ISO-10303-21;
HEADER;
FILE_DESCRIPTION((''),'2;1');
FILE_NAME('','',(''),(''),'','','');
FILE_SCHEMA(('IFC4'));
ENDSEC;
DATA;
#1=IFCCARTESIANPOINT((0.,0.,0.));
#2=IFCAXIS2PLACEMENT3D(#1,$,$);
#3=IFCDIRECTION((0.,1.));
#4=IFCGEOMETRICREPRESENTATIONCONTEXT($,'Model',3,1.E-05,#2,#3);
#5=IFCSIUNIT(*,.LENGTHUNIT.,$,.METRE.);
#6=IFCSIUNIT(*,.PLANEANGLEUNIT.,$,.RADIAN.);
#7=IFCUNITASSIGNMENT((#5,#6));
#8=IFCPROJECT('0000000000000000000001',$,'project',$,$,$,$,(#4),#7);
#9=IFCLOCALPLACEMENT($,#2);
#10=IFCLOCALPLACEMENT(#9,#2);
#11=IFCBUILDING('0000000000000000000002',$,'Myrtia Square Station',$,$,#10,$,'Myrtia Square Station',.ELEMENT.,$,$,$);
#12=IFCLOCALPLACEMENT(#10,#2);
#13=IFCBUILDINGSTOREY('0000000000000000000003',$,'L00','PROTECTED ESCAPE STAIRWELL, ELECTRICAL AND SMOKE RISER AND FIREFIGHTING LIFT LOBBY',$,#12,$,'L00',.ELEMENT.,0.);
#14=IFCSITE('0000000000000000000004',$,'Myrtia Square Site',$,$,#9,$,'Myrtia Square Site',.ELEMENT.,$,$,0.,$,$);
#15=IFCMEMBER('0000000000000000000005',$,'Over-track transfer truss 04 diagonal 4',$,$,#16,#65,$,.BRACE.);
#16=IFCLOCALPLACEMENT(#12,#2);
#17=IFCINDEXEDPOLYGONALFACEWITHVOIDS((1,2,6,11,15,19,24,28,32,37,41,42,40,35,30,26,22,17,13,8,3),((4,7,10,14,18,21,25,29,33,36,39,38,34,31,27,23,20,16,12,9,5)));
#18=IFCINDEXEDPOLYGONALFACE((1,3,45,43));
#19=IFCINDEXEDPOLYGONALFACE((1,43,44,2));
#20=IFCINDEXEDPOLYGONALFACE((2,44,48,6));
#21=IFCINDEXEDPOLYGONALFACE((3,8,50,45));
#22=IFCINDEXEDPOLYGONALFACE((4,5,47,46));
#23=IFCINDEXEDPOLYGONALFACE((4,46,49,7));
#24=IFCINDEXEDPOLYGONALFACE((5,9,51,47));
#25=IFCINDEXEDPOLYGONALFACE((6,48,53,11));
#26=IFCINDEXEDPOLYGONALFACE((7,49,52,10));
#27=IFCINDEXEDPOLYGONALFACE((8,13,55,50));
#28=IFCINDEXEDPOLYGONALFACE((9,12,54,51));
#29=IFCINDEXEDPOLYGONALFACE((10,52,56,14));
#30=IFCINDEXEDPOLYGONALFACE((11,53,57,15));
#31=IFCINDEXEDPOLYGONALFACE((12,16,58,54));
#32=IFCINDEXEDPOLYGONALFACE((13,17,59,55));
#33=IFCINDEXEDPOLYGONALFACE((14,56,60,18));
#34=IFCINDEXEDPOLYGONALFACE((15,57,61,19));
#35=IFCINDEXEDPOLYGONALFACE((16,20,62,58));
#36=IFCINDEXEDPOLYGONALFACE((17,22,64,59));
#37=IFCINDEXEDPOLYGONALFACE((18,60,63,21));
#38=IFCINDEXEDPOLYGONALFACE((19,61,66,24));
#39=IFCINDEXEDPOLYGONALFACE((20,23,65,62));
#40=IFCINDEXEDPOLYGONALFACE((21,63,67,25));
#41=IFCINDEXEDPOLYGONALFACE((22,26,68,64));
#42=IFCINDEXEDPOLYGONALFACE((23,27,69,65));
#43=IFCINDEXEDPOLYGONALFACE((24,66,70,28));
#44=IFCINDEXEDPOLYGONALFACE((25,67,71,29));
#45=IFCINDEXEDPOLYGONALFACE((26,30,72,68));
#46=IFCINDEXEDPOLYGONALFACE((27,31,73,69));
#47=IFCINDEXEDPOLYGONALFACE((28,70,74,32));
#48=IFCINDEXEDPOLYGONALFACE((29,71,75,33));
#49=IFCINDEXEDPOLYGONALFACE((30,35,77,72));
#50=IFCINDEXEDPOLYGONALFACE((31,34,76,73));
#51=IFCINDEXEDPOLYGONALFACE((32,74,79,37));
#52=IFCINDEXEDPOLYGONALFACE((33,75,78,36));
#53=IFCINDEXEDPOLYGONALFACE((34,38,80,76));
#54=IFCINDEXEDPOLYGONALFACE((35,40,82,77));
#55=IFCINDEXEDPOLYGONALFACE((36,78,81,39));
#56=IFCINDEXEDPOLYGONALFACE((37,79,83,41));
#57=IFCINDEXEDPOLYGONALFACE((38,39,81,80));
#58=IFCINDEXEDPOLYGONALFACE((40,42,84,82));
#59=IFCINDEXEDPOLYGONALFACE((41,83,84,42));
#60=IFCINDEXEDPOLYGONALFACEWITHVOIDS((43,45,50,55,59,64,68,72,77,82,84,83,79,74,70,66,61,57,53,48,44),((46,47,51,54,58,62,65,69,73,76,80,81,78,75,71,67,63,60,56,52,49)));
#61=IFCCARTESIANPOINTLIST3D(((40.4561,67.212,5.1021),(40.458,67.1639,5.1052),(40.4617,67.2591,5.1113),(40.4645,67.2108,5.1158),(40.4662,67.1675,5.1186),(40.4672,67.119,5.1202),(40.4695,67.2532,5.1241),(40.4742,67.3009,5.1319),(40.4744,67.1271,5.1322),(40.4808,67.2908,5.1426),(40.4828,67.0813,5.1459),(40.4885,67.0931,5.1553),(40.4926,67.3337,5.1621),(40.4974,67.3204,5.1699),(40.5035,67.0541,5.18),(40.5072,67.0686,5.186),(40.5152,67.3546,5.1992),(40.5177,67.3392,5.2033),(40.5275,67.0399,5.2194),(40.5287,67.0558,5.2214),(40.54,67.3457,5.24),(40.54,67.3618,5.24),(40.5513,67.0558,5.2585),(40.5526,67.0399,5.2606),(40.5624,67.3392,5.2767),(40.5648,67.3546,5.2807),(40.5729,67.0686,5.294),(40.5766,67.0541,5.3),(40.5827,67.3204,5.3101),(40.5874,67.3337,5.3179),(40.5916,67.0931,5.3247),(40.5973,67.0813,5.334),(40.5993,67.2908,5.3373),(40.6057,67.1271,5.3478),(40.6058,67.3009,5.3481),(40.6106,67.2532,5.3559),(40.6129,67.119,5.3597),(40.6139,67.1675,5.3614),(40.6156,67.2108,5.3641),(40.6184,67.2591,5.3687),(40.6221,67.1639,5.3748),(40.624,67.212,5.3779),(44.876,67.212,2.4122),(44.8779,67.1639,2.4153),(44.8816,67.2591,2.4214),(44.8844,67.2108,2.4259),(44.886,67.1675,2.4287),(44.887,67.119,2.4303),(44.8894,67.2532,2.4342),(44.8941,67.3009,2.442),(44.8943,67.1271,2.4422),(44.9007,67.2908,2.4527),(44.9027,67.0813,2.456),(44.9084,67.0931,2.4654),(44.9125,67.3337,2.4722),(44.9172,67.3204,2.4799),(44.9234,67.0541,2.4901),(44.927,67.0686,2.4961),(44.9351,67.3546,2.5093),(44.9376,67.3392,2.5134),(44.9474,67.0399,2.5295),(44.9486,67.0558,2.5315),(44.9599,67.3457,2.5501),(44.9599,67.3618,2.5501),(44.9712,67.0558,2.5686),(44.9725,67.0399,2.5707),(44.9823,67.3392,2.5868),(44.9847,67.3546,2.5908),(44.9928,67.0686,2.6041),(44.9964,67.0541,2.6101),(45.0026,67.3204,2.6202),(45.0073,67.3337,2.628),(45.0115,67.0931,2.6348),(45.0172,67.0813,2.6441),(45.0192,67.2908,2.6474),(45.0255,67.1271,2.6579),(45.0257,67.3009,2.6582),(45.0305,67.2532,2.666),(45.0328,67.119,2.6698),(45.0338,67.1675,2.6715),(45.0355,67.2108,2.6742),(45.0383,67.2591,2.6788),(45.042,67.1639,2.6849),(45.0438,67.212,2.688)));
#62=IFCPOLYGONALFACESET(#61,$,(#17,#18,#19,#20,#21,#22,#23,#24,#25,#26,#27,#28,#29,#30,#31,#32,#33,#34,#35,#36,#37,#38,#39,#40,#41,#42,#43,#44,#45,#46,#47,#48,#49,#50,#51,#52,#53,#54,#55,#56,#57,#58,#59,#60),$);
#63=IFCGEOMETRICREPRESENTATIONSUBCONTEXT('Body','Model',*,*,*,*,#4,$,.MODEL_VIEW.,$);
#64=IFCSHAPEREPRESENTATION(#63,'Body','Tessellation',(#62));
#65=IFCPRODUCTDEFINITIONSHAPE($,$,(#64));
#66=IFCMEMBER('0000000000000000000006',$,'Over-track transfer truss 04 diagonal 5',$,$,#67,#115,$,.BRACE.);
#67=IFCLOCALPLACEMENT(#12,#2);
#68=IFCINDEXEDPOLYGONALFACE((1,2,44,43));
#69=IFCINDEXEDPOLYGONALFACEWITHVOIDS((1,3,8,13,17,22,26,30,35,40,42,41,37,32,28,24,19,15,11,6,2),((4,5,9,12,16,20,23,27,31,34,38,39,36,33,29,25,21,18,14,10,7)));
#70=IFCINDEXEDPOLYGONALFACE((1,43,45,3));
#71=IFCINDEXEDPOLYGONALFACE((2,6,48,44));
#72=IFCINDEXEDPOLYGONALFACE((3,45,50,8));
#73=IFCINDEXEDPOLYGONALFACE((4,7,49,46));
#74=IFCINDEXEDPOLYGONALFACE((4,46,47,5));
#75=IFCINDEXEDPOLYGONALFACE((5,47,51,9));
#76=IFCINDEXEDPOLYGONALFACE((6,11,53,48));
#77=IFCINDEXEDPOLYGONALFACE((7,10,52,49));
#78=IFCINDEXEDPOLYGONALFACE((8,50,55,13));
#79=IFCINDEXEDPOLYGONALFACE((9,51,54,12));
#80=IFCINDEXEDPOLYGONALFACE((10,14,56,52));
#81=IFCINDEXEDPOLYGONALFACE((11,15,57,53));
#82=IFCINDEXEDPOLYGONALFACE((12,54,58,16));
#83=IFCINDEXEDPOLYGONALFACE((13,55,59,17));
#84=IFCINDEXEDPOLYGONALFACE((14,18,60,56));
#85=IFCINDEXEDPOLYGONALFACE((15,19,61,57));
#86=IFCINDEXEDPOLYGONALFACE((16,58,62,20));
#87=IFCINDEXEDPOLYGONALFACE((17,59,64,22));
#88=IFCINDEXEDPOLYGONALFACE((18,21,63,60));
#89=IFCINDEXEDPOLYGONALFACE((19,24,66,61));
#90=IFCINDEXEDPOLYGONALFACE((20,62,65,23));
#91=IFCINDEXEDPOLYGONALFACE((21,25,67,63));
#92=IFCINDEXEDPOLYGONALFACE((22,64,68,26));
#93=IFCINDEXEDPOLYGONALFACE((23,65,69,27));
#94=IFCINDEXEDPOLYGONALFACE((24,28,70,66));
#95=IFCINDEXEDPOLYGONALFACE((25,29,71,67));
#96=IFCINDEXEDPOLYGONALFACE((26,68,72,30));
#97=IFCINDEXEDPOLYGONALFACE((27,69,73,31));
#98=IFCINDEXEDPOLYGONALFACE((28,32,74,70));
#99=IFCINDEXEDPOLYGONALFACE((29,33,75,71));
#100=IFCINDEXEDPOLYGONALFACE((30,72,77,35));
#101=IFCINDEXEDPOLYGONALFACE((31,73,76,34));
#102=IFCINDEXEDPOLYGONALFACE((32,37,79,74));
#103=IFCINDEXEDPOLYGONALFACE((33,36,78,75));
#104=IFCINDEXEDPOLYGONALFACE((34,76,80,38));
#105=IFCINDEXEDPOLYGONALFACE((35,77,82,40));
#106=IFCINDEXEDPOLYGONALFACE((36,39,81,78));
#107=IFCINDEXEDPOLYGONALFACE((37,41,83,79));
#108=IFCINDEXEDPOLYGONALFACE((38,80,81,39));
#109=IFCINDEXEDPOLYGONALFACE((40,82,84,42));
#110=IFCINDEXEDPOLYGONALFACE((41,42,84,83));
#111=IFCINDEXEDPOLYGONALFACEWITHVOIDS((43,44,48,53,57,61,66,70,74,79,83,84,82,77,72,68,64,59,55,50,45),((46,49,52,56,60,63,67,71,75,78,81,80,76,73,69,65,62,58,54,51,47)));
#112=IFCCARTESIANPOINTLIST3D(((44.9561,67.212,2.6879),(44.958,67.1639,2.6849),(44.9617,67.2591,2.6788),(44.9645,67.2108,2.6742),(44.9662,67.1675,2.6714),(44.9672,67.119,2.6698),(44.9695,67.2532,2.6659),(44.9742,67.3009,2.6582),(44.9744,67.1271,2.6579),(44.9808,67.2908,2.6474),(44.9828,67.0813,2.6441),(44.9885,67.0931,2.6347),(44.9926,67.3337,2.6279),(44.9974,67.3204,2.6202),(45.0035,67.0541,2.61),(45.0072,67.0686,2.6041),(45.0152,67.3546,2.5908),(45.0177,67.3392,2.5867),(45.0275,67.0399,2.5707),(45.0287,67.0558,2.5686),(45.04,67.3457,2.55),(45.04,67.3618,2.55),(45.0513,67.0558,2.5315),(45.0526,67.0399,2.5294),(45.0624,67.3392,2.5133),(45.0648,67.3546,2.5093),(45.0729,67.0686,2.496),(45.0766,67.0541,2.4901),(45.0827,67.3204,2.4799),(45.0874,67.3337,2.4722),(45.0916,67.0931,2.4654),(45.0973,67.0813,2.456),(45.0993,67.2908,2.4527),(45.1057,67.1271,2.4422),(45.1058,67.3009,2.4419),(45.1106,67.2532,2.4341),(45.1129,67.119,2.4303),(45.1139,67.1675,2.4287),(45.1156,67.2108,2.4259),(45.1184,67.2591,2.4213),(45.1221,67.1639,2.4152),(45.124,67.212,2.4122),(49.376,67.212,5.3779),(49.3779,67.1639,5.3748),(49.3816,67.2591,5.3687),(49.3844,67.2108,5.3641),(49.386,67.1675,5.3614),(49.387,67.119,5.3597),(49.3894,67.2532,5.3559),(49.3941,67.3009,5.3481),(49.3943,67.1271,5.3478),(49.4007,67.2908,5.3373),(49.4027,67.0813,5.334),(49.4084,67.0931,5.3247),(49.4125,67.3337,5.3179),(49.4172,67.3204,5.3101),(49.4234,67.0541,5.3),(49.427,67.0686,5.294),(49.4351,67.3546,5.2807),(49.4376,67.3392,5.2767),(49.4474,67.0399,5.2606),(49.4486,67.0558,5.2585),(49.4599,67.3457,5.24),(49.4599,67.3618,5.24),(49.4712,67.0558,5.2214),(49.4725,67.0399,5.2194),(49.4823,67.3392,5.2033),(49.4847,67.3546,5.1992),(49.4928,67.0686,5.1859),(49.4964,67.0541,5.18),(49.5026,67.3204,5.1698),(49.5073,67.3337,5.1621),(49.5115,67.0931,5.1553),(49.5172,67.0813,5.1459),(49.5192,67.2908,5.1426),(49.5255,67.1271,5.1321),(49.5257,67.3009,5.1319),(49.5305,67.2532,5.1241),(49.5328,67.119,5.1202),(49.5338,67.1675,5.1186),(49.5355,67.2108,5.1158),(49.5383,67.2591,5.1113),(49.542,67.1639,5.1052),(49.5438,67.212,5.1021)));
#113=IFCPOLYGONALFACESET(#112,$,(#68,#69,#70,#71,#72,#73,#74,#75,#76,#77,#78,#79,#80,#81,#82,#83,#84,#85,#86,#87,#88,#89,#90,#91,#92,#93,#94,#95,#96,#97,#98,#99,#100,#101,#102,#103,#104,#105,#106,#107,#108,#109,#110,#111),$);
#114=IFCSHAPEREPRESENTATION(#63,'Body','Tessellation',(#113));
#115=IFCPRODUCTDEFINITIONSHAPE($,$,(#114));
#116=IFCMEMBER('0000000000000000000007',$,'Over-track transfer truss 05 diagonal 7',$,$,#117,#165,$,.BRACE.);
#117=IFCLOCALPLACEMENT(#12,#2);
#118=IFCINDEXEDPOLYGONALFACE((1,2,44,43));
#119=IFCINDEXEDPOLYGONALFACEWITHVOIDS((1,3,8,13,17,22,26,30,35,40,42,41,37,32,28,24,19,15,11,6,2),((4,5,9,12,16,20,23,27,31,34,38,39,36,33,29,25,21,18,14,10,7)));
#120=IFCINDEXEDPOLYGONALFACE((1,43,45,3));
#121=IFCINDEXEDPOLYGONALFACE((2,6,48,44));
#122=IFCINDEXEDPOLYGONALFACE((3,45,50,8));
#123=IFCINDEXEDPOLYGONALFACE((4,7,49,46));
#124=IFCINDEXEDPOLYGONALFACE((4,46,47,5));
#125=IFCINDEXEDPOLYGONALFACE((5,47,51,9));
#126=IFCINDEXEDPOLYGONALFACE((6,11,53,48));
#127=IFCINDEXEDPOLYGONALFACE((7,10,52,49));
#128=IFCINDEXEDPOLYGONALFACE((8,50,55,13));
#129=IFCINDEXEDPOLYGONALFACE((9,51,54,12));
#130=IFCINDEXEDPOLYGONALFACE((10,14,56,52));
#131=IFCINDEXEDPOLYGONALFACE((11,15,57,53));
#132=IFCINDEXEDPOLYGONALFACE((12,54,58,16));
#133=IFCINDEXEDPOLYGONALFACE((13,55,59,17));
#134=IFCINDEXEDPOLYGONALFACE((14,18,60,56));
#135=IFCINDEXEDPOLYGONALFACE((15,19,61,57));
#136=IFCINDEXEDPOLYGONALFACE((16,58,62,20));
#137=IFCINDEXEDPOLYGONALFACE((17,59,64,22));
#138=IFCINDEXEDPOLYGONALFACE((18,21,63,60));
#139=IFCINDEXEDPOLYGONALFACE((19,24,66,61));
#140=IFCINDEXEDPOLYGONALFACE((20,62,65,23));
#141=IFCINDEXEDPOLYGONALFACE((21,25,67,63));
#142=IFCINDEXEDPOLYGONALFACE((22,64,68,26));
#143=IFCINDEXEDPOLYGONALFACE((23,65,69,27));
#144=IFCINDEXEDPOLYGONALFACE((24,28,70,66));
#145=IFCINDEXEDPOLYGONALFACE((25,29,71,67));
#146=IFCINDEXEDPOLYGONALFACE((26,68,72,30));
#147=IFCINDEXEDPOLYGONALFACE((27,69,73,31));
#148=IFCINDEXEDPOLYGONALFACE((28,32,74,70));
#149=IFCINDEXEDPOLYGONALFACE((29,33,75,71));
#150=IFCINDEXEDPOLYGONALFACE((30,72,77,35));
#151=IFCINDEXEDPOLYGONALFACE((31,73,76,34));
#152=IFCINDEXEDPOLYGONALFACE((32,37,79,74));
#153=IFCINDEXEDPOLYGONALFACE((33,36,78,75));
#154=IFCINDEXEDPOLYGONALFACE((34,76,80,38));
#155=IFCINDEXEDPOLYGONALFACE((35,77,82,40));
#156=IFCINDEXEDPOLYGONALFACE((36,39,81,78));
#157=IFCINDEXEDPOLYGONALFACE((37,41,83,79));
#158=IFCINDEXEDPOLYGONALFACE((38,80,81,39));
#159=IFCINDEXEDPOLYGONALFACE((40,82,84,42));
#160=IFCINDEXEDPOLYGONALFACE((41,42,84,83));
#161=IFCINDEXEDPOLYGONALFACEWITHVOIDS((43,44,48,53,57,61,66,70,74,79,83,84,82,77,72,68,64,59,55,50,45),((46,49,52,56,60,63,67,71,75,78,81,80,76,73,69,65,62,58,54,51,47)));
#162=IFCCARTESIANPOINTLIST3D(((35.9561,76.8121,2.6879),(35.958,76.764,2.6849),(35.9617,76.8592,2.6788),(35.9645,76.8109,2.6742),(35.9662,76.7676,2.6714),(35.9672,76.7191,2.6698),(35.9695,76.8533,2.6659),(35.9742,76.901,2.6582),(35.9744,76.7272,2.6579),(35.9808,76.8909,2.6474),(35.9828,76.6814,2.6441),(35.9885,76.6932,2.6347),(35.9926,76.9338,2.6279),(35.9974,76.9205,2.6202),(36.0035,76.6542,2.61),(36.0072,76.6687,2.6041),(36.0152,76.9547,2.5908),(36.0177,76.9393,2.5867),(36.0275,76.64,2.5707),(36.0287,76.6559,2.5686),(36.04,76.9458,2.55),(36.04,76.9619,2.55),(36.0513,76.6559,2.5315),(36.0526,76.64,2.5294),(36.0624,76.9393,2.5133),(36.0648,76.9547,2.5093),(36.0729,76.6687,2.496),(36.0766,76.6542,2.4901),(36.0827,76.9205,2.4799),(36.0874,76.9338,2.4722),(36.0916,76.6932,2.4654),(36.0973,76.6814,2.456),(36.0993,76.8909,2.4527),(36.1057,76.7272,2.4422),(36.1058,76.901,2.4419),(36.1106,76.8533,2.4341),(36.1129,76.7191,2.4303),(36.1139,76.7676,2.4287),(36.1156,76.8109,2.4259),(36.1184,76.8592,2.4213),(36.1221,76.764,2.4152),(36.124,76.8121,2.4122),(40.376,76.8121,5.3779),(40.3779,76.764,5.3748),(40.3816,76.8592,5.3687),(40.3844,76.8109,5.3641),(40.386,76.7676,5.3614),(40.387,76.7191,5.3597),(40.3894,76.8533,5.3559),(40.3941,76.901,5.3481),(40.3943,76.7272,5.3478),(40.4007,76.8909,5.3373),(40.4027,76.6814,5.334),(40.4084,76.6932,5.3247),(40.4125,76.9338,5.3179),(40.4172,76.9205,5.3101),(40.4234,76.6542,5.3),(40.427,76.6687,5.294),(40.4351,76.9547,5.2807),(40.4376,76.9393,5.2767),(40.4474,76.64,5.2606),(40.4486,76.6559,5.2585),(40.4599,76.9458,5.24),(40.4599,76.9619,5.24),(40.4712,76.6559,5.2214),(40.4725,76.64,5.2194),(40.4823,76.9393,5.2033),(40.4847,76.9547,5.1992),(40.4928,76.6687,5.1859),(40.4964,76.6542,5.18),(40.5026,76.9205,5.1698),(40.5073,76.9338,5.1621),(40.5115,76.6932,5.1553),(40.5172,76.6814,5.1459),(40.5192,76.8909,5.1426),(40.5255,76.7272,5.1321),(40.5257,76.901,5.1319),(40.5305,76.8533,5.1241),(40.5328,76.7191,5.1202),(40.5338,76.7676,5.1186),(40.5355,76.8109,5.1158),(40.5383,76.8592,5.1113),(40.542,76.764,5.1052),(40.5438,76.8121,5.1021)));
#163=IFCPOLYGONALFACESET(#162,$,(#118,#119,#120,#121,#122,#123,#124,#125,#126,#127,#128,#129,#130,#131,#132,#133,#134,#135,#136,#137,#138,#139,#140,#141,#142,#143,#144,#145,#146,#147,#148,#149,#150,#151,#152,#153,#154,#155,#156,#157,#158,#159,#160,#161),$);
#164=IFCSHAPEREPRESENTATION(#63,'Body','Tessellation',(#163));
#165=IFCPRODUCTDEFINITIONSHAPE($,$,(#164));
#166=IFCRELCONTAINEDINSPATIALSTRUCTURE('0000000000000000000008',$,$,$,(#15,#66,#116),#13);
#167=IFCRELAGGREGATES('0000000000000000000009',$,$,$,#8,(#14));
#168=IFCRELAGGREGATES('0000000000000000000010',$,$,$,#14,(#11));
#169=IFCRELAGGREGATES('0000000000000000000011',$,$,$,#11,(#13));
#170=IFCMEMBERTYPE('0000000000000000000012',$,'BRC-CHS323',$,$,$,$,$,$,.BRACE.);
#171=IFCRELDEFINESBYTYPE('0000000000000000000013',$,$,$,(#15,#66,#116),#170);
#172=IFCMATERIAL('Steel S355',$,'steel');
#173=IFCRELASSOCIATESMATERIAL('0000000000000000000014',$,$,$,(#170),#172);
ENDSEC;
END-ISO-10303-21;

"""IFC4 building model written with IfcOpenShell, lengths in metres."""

from ifc_helpers import new_model, si_unit, direction, frame, origin, origin_2d, place, context, subcontext, project, spatial, hollow_circle, extrude, material, material_profile, profile_set, type_object, element, save


model = new_model("IFC4")

# Units and contexts
model_context = context("Model", 3, precision=1e-05, world=origin(), true_north=direction((0.0, 1.0)))
body_context = subcontext(model_context, "Body", "Model", "MODEL_VIEW")
ifc_project = project(units=[si_unit("LENGTHUNIT", "METRE"), si_unit("PLANEANGLEUNIT", "RADIAN")], contexts=[model_context])

# Site, building, storey
site_placement = place(None, origin())
site = spatial("IfcSite", under=ifc_project, at=site_placement, Name="Myrtia Square Site", LongName="Myrtia Square Site", CompositionType="ELEMENT", RefElevation=0.0)
building_placement = place(site_placement, origin())
building = spatial("IfcBuilding", under=site, at=building_placement, Name="Myrtia Square Station", LongName="Myrtia Square Station", CompositionType="ELEMENT")
storey_placement = place(building_placement, origin())
storey = spatial("IfcBuildingStorey", under=building, at=storey_placement, Name="L00", Description="PROTECTED ESCAPE STAIRWELL, ELECTRICAL AND SMOKE RISER AND FIREFIGHTING LIFT LOBBY", LongName="L00", CompositionType="ELEMENT", Elevation=0.0)

# Shared definitions
ifc_material_1 = material(Name="Steel S355", Category="steel")

# Members
ifc_material_profile_1 = material_profile(ifc_material_1, hollow_circle(Radius=0.1619, WallThickness=0.0161, at=origin_2d()), Name="CHS 323.9x16")
ifc_profile_set_1 = profile_set([ifc_material_profile_1], Name="Steel S355")
member_type_1 = type_object("IfcMemberType", Name="BRC-CHS323", PredefinedType="BRACE", material=ifc_profile_set_1)
for number, where, z_axis, x_axis, name in (
    (1, (40.54, 67.2, 5.24), (0.854237, 0.0, -0.519884), (0.0, 1.0, 0.0), "Over-track transfer truss 04 diagonal 4"),
    (2, (45.04, 67.2, 2.55), (0.854237, 0.0, 0.519884), (0.0, 1.0, 0.0), "Over-track transfer truss 04 diagonal 5"),
    (3, (36.04, 76.8, 2.55), (0.854237, 0.0, 0.519884), (0.0, 1.0, 0.0), "Over-track transfer truss 05 diagonal 7"),
):
    element("IfcMember", number, at=place(storey_placement, frame(where, z_axis=z_axis, x_axis=x_axis)), inside=storey, type_object=member_type_1, Name=name, PredefinedType="BRACE", context=body_context, shape_type="SweptSolid", body=[
        extrude(hollow_circle(Radius=0.1619, WallThickness=0.0161, at=origin_2d()), origin(), (0.0, 0.0, 1.0), 5.1741),
    ])

save(model, "model.ifc")
